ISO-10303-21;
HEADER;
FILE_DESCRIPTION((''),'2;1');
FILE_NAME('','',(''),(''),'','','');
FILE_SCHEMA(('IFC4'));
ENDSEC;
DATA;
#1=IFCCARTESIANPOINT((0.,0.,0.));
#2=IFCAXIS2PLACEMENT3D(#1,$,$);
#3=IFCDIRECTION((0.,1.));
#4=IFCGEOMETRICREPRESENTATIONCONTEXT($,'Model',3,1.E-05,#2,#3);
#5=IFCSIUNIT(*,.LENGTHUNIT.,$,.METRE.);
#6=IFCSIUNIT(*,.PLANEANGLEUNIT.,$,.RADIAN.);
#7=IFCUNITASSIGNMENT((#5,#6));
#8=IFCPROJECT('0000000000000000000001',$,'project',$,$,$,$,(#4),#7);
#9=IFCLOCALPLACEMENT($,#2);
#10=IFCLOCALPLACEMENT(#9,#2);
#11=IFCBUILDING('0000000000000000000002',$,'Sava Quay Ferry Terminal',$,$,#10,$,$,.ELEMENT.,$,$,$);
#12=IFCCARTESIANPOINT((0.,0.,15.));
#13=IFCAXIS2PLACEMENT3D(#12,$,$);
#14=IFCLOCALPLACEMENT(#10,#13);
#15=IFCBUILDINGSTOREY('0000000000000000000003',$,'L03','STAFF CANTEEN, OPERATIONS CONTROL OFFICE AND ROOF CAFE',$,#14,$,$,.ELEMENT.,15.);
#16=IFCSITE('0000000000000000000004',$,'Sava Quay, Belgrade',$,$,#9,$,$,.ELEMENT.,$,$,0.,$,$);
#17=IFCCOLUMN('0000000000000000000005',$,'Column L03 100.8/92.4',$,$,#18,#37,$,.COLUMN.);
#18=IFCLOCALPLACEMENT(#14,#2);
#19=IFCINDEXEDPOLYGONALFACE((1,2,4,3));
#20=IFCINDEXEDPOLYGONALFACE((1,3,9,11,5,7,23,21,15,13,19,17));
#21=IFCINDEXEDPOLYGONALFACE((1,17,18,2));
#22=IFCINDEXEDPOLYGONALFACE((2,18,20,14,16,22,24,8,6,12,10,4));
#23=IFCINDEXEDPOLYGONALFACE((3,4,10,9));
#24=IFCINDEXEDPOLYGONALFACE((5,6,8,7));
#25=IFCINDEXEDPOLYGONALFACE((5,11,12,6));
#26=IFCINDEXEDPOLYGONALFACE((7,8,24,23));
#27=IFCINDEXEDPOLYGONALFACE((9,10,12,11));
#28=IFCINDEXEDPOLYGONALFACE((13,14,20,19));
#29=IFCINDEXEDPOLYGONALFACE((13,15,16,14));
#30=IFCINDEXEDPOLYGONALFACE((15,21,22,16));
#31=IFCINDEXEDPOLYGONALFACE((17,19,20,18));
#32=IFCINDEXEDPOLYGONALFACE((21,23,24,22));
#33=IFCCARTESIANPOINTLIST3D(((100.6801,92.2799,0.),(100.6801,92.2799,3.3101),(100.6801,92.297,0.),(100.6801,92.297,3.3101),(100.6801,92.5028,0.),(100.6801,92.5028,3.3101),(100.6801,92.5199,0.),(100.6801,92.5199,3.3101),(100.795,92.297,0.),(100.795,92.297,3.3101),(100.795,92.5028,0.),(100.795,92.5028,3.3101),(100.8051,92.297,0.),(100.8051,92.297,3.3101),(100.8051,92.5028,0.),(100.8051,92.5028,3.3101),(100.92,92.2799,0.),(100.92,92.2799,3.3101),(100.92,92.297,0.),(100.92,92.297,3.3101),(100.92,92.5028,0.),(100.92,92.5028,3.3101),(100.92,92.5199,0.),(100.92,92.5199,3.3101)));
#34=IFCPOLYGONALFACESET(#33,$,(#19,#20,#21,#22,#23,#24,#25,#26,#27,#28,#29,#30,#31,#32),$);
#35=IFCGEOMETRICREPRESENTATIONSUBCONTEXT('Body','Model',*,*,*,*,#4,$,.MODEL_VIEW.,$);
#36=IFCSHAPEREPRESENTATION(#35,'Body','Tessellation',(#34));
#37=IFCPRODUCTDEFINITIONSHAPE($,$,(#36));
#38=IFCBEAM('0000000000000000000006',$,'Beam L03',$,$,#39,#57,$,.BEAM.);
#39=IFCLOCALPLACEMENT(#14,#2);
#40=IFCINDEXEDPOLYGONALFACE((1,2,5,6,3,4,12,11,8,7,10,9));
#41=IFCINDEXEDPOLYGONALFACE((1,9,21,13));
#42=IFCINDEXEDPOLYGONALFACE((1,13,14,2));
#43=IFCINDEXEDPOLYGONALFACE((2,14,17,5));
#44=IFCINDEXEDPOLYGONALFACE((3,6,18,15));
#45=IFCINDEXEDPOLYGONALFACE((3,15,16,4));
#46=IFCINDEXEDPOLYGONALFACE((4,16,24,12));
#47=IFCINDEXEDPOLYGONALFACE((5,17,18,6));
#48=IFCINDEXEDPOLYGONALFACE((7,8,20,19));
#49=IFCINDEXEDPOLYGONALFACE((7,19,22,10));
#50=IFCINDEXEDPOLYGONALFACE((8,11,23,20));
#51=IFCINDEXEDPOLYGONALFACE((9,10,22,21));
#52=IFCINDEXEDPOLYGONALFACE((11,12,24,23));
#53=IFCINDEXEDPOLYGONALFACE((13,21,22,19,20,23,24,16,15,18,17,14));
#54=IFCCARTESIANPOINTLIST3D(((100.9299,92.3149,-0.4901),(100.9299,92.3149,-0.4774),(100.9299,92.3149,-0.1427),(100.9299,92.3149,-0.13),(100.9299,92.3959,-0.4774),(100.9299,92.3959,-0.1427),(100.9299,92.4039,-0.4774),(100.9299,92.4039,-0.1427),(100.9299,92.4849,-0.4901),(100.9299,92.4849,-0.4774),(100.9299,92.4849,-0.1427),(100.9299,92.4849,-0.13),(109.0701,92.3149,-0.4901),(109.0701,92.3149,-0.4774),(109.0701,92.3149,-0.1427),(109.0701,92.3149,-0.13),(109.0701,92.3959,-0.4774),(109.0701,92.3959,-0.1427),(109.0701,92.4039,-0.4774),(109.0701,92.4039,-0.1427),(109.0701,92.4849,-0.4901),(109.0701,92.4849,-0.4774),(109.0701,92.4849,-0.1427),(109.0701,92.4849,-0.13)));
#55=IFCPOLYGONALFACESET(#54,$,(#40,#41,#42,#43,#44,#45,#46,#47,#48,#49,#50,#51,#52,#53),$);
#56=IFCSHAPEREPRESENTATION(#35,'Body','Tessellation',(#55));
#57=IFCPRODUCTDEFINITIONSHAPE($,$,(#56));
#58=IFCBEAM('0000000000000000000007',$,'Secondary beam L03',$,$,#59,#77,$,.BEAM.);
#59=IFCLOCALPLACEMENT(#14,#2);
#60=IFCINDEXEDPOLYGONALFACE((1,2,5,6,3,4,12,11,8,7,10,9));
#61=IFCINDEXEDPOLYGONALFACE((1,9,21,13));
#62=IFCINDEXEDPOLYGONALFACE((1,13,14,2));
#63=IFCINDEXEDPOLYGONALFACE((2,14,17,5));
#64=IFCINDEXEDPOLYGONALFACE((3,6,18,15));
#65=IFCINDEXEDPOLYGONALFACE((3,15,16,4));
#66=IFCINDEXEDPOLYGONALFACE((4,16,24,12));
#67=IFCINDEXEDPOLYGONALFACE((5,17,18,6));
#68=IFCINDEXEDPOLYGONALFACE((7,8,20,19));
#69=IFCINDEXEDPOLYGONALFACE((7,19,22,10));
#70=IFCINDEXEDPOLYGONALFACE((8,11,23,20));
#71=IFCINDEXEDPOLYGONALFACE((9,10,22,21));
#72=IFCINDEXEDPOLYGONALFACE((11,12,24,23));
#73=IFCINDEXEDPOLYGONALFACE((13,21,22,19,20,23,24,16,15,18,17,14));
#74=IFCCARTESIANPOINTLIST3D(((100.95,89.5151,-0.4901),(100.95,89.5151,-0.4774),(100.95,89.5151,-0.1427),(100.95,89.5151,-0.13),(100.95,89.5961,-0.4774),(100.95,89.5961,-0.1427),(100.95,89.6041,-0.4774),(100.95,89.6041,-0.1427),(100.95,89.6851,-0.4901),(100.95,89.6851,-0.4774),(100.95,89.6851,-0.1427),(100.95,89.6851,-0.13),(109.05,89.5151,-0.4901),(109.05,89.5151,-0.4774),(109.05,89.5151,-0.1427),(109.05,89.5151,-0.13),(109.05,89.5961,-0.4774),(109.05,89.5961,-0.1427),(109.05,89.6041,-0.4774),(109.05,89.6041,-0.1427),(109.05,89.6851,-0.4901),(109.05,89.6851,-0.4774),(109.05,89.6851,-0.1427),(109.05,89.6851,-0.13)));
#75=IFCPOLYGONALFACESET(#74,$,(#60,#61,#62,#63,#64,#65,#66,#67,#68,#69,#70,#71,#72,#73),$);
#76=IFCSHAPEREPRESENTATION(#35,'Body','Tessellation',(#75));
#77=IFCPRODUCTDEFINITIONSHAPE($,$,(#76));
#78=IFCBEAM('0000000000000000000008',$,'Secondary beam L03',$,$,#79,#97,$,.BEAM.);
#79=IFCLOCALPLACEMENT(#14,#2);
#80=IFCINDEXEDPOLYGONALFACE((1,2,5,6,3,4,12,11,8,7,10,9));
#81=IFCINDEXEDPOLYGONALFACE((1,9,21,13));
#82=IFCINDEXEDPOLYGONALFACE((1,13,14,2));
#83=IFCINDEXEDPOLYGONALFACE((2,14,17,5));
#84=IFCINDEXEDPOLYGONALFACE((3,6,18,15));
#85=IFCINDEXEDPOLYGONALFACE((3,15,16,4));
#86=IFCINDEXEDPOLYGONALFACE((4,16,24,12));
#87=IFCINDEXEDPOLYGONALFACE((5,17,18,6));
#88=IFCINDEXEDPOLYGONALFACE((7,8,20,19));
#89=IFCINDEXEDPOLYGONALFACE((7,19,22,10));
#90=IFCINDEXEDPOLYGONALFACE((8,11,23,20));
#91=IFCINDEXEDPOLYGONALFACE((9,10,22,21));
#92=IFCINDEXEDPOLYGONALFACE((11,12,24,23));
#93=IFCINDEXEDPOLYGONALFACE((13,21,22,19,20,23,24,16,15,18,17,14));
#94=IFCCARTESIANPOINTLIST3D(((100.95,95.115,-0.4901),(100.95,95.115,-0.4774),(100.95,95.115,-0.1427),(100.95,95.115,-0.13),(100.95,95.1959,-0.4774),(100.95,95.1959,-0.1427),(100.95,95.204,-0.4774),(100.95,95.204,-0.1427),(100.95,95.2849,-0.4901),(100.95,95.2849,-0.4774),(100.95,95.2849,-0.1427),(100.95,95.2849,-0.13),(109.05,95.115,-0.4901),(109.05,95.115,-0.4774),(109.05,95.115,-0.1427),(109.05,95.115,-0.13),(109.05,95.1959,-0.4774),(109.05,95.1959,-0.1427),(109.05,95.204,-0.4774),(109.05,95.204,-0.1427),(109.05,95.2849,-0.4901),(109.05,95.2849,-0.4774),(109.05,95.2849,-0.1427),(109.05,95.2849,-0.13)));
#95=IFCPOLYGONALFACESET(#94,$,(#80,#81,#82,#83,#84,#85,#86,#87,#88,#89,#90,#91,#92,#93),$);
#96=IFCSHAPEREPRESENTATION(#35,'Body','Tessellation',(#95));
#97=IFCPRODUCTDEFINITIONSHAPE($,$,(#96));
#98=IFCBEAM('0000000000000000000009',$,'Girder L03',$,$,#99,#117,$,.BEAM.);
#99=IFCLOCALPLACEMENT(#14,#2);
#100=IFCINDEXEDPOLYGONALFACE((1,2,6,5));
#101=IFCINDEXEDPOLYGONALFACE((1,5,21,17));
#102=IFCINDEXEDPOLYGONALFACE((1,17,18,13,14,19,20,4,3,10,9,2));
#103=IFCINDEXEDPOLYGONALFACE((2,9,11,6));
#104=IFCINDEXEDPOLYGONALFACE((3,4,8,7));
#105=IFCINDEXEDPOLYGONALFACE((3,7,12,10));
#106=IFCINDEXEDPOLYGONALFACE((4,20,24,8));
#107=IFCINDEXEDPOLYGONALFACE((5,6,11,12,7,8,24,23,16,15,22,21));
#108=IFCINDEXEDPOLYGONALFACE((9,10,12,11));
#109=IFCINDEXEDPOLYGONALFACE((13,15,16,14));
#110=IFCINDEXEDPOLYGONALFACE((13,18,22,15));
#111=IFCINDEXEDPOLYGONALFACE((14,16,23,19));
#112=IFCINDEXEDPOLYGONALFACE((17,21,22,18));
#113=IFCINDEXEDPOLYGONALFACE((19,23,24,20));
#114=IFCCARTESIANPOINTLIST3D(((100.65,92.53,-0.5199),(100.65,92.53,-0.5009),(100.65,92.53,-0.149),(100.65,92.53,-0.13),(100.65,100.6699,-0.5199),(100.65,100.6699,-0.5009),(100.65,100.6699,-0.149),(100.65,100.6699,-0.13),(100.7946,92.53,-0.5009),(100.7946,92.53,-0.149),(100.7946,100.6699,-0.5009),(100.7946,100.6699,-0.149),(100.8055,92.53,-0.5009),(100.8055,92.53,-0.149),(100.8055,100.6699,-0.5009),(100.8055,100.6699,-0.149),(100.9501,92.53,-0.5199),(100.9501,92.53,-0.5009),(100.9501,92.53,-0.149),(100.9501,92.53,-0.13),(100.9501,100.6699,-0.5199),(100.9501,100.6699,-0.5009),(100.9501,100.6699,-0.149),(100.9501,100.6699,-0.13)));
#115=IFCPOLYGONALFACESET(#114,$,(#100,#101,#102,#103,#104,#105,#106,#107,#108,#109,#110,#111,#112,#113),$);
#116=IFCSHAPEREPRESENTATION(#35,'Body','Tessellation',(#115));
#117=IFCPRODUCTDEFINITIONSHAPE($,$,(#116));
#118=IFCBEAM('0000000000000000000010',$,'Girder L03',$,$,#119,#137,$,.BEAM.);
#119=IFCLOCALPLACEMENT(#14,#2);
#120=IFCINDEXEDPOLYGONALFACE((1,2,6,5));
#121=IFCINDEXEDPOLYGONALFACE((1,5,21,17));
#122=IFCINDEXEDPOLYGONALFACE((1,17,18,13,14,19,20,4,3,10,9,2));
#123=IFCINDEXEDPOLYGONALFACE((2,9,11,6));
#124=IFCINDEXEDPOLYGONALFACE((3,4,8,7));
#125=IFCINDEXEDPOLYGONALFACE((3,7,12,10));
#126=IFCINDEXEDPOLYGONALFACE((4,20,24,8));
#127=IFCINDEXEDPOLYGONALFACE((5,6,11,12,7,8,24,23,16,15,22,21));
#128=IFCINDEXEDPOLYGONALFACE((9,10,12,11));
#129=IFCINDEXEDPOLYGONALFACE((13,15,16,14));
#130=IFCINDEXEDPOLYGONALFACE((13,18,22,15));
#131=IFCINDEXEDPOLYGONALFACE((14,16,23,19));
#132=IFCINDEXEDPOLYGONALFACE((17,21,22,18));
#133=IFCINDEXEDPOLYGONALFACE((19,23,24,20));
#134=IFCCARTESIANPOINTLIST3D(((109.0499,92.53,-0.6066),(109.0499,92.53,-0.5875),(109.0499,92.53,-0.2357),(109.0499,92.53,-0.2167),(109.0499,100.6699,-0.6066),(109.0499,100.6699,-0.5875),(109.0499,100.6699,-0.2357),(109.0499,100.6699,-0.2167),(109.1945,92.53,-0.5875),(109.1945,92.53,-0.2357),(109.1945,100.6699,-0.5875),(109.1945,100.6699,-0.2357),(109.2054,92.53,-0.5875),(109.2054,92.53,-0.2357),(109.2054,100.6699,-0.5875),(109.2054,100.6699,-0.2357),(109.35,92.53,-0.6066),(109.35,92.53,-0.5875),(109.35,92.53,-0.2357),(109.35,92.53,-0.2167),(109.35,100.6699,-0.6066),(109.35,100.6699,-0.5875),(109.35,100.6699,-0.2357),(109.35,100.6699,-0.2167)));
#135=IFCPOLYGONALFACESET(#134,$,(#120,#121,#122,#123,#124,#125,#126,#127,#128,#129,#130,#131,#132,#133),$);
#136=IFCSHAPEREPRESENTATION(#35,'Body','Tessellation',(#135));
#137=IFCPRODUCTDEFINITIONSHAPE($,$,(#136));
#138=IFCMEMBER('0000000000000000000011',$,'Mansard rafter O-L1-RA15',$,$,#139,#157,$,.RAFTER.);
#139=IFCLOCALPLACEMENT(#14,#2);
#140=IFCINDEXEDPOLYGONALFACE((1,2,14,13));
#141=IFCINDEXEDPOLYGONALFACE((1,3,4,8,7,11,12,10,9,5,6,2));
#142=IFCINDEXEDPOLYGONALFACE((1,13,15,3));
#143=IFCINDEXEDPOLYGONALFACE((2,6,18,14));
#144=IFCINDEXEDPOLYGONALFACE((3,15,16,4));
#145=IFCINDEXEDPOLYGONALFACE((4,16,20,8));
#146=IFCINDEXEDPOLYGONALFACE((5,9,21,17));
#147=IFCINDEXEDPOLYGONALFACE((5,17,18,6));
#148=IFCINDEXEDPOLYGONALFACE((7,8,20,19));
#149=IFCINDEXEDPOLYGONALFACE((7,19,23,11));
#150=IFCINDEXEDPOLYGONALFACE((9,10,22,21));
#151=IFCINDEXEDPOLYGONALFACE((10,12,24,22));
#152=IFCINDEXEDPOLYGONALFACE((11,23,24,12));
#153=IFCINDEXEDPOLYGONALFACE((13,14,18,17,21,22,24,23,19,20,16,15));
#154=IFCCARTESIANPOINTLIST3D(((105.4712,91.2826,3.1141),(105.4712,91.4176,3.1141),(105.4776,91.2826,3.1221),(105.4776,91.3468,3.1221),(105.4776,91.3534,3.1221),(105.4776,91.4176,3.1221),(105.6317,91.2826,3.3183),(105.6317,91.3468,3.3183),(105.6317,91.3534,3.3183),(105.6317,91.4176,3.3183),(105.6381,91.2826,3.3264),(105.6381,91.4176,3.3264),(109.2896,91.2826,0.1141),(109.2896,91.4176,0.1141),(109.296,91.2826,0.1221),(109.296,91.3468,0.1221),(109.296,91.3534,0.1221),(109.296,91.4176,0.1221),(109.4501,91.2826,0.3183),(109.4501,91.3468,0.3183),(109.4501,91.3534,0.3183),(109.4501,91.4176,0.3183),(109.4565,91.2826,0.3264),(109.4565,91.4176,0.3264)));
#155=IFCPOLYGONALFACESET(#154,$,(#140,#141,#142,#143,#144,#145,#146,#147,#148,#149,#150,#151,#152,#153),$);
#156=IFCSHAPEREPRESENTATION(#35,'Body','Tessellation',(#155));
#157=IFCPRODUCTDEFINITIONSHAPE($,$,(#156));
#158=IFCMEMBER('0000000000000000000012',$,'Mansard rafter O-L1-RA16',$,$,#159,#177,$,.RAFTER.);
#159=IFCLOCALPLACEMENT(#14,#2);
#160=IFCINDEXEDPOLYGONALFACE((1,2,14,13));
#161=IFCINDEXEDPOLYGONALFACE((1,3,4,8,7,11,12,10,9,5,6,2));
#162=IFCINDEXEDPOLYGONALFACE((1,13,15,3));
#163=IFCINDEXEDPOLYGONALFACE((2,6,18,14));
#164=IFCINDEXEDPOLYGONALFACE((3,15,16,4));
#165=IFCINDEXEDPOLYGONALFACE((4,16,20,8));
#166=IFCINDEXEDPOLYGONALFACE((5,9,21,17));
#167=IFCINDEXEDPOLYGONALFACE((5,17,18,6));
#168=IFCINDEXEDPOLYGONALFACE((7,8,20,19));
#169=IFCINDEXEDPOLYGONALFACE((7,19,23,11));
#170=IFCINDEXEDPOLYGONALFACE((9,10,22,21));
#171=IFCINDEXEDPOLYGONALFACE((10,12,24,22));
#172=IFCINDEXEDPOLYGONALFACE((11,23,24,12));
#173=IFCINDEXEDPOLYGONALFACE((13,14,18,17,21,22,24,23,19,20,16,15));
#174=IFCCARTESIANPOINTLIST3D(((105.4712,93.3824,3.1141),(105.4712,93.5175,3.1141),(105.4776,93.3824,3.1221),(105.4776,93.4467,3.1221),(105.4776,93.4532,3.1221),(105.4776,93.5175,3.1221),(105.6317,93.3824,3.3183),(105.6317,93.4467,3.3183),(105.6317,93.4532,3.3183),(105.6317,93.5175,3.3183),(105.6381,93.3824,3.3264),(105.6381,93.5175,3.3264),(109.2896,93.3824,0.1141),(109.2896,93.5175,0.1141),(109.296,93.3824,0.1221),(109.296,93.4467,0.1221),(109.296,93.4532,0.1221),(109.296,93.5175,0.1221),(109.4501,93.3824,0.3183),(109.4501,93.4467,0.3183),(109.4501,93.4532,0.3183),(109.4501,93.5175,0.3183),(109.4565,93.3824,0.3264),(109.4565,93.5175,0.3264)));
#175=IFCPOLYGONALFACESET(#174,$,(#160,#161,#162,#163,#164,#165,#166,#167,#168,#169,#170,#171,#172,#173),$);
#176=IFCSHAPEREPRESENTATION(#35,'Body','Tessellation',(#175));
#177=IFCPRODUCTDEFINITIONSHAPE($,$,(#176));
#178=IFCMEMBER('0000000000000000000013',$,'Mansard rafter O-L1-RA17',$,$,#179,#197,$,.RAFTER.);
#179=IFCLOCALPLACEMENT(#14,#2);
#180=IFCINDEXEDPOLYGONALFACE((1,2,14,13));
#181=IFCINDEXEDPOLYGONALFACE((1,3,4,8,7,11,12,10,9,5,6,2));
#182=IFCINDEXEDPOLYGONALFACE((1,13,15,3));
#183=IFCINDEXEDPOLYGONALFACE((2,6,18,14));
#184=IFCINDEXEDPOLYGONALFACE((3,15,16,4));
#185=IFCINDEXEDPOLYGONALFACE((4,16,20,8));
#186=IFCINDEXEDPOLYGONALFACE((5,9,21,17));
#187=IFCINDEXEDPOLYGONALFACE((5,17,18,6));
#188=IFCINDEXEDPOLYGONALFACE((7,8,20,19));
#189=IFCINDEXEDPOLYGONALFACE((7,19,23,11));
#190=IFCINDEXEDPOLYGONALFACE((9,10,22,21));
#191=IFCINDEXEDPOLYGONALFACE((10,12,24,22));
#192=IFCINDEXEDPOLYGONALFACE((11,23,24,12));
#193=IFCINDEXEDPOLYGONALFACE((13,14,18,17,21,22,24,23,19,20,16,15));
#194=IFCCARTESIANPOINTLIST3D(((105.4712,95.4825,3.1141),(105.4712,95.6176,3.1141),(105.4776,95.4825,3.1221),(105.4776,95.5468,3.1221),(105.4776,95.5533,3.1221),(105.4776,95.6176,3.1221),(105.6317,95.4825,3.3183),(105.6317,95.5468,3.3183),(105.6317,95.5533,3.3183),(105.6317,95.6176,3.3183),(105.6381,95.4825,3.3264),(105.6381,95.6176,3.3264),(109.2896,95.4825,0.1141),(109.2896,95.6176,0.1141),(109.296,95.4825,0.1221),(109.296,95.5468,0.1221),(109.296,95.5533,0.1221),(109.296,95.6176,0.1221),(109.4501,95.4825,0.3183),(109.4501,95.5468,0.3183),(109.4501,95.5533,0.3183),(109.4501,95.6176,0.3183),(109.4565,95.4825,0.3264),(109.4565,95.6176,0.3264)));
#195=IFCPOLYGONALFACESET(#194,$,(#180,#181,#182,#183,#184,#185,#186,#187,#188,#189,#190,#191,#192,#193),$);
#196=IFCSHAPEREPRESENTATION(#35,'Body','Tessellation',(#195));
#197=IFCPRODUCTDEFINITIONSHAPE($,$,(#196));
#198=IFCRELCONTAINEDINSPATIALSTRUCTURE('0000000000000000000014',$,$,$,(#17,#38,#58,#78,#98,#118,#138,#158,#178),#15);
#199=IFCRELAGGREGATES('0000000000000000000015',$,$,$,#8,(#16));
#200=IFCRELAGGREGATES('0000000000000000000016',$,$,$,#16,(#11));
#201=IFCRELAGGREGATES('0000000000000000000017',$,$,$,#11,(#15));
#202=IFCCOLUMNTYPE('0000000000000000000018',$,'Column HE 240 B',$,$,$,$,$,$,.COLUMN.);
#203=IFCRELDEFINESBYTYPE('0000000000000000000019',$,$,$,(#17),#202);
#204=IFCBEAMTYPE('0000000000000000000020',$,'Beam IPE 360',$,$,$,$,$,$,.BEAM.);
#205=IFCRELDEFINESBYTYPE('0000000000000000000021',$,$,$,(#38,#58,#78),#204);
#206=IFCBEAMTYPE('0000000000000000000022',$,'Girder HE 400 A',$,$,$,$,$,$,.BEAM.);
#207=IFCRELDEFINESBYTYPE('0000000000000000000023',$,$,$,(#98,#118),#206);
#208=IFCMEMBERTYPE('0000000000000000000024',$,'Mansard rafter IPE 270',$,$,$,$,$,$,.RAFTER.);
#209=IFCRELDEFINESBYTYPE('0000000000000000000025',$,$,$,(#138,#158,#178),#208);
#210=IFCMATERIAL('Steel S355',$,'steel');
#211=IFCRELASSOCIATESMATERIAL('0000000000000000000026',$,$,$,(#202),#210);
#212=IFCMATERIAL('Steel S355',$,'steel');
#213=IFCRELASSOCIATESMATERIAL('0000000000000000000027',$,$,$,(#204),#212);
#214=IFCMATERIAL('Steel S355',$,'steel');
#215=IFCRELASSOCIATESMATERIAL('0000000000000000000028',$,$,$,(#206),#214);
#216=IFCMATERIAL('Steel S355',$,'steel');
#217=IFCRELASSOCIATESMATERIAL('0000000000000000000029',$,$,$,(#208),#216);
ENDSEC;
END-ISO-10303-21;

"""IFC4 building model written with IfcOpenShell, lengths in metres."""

from ifc_helpers import new_model, si_unit, direction, frame, origin, origin_2d, place, context, subcontext, project, spatial, i_section, extrude, material, material_profile, profile_set, type_object, element, save


model = new_model("IFC4")

# Units and contexts
model_context = context("Model", 3, precision=1e-05, world=origin(), true_north=direction((0.0, 1.0)))
body_context = subcontext(model_context, "Body", "Model", "MODEL_VIEW")
ifc_project = project(units=[si_unit("LENGTHUNIT", "METRE"), si_unit("PLANEANGLEUNIT", "RADIAN")], contexts=[model_context])

# Site, building, storey
site_placement = place(None, origin())
site = spatial("IfcSite", under=ifc_project, at=site_placement, Name="Sava Quay, Belgrade", CompositionType="ELEMENT", RefElevation=0.0)
building_placement = place(site_placement, origin())
building = spatial("IfcBuilding", under=site, at=building_placement, Name="Sava Quay Ferry Terminal", CompositionType="ELEMENT")
storey_placement = place(building_placement, frame((0.0, 0.0, 15.0)))
storey = spatial("IfcBuildingStorey", under=building, at=storey_placement, Name="L03", Description="STAFF CANTEEN, OPERATIONS CONTROL OFFICE AND ROOF CAFE", CompositionType="ELEMENT", Elevation=15.0)

# Column
ifc_material_1 = material(Name="Steel S355", Category="steel")
ifc_material_profile_1 = material_profile(ifc_material_1, i_section(OverallWidth=0.24, OverallDepth=0.24, WebThickness=0.01, FlangeThickness=0.0171, at=origin_2d()), Name="HE 240 B")
ifc_profile_set_1 = profile_set([ifc_material_profile_1], Name="Steel S355")
column_type = type_object("IfcColumnType", Name="Column HE 240 B", PredefinedType="COLUMN", material=ifc_profile_set_1)
column_placement = place(storey_placement, frame((100.8, 92.3999, 0.0), z_axis=(0.0, 0.0, 1.0), x_axis=(1.0, 0.0, 0.0)))
element("IfcColumn", 1, at=column_placement, inside=storey, type_object=column_type, Name="Column L03 100.8/92.4", PredefinedType="COLUMN", context=body_context, shape_type="SweptSolid", body=[
    extrude(i_section(OverallWidth=0.24, OverallDepth=0.24, WebThickness=0.01, FlangeThickness=0.0171, at=origin_2d()), origin(), (0.0, 0.0, 1.0), 3.3101),
])

# Beams
ifc_material_2 = material(Name="Steel S355", Category="steel")
ifc_material_profile_2 = material_profile(ifc_material_2, i_section(OverallWidth=0.1699, OverallDepth=0.3601, WebThickness=0.0081, FlangeThickness=0.0127, at=origin_2d()), Name="IPE 360")
ifc_profile_set_2 = profile_set([ifc_material_profile_2], Name="Steel S355")
beam_type_1 = type_object("IfcBeamType", Name="Beam IPE 360", PredefinedType="BEAM", material=ifc_profile_set_2)
beam_placement = place(storey_placement, frame((100.9299, 92.3999, -0.3101), z_axis=(1.0, 0.0, 0.0), x_axis=(0.0, 1.0, 0.0)))
element("IfcBeam", 2, at=beam_placement, inside=storey, type_object=beam_type_1, Name="Beam L03", PredefinedType="BEAM", context=body_context, shape_type="SweptSolid", body=[
    extrude(i_section(OverallWidth=0.1699, OverallDepth=0.3601, WebThickness=0.0081, FlangeThickness=0.0127, at=origin_2d()), origin(), (0.0, 0.0, 1.0), 8.1401),
])
for number, where, z_axis, x_axis, name in (
    (3, (100.95, 89.6001, -0.3101), (1.0, 0.0, 0.0), (0.0, 1.0, 0.0), "Secondary beam L03"),
    (4, (100.95, 95.2, -0.3101), (1.0, 0.0, 0.0), (0.0, 1.0, 0.0), "Secondary beam L03"),
):
    element("IfcBeam", number, at=place(storey_placement, frame(where, z_axis=z_axis, x_axis=x_axis)), inside=storey, type_object=beam_type_1, Name=name, PredefinedType="BEAM", context=body_context, shape_type="SweptSolid", body=[
        extrude(i_section(OverallWidth=0.1699, OverallDepth=0.3601, WebThickness=0.0081, FlangeThickness=0.0127, at=origin_2d()), origin(), (0.0, 0.0, 1.0), 8.1001),
    ])
ifc_material_3 = material(Name="Steel S355", Category="steel")
ifc_material_profile_3 = material_profile(ifc_material_3, i_section(OverallWidth=0.3, OverallDepth=0.3899, WebThickness=0.011, FlangeThickness=0.019, at=origin_2d()), Name="HE 400 A")
ifc_profile_set_3 = profile_set([ifc_material_profile_3], Name="Steel S355")
beam_type_2 = type_object("IfcBeamType", Name="Girder HE 400 A", PredefinedType="BEAM", material=ifc_profile_set_3)
for number, where, z_axis, x_axis, name in (
    (5, (100.8, 92.53, -0.325), (0.0, 1.0, 0.0), (-1.0, 0.0, 0.0), "Girder L03"),
    (6, (109.2, 92.53, -0.4116), (0.0, 1.0, 0.0), (-1.0, 0.0, 0.0), "Girder L03"),
):
    element("IfcBeam", number, at=place(storey_placement, frame(where, z_axis=z_axis, x_axis=x_axis)), inside=storey, type_object=beam_type_2, Name=name, PredefinedType="BEAM", context=body_context, shape_type="SweptSolid", body=[
        extrude(i_section(OverallWidth=0.3, OverallDepth=0.3899, WebThickness=0.011, FlangeThickness=0.019, at=origin_2d()), origin(), (0.0, 0.0, 1.0), 8.1399),
    ])

# Members
ifc_material_4 = material(Name="Steel S355", Category="steel")
ifc_material_profile_4 = material_profile(ifc_material_4, i_section(OverallWidth=0.135, OverallDepth=0.27, WebThickness=0.0066, FlangeThickness=0.0103, at=origin_2d()), Name="IPE 270")
ifc_profile_set_4 = profile_set([ifc_material_profile_4], Name="Steel S355")
member_type = type_object("IfcMemberType", Name="Mansard rafter IPE 270", PredefinedType="RAFTER", material=ifc_profile_set_4)
for number, where, z_axis, x_axis, name in (
    (7, (109.373, 91.3501, 0.2202), (-0.786332, 0.0, 0.617804), (0.0, -1.0, 0.0), "Mansard rafter O-L1-RA15"),
    (8, (109.373, 93.45, 0.2202), (-0.786332, 0.0, 0.617804), (0.0, -1.0, 0.0), "Mansard rafter O-L1-RA16"),
    (9, (109.373, 95.55, 0.2202), (-0.786332, 0.0, 0.617804), (0.0, -1.0, 0.0), "Mansard rafter O-L1-RA17"),
):
    element("IfcMember", number, at=place(storey_placement, frame(where, z_axis=z_axis, x_axis=x_axis)), inside=storey, type_object=member_type, Name=name, PredefinedType="RAFTER", context=body_context, shape_type="SweptSolid", body=[
        extrude(i_section(OverallWidth=0.135, OverallDepth=0.27, WebThickness=0.0066, FlangeThickness=0.0103, at=origin_2d()), origin(), (0.0, 0.0, 1.0), 4.856),
    ])

save(model, "model.ifc")
